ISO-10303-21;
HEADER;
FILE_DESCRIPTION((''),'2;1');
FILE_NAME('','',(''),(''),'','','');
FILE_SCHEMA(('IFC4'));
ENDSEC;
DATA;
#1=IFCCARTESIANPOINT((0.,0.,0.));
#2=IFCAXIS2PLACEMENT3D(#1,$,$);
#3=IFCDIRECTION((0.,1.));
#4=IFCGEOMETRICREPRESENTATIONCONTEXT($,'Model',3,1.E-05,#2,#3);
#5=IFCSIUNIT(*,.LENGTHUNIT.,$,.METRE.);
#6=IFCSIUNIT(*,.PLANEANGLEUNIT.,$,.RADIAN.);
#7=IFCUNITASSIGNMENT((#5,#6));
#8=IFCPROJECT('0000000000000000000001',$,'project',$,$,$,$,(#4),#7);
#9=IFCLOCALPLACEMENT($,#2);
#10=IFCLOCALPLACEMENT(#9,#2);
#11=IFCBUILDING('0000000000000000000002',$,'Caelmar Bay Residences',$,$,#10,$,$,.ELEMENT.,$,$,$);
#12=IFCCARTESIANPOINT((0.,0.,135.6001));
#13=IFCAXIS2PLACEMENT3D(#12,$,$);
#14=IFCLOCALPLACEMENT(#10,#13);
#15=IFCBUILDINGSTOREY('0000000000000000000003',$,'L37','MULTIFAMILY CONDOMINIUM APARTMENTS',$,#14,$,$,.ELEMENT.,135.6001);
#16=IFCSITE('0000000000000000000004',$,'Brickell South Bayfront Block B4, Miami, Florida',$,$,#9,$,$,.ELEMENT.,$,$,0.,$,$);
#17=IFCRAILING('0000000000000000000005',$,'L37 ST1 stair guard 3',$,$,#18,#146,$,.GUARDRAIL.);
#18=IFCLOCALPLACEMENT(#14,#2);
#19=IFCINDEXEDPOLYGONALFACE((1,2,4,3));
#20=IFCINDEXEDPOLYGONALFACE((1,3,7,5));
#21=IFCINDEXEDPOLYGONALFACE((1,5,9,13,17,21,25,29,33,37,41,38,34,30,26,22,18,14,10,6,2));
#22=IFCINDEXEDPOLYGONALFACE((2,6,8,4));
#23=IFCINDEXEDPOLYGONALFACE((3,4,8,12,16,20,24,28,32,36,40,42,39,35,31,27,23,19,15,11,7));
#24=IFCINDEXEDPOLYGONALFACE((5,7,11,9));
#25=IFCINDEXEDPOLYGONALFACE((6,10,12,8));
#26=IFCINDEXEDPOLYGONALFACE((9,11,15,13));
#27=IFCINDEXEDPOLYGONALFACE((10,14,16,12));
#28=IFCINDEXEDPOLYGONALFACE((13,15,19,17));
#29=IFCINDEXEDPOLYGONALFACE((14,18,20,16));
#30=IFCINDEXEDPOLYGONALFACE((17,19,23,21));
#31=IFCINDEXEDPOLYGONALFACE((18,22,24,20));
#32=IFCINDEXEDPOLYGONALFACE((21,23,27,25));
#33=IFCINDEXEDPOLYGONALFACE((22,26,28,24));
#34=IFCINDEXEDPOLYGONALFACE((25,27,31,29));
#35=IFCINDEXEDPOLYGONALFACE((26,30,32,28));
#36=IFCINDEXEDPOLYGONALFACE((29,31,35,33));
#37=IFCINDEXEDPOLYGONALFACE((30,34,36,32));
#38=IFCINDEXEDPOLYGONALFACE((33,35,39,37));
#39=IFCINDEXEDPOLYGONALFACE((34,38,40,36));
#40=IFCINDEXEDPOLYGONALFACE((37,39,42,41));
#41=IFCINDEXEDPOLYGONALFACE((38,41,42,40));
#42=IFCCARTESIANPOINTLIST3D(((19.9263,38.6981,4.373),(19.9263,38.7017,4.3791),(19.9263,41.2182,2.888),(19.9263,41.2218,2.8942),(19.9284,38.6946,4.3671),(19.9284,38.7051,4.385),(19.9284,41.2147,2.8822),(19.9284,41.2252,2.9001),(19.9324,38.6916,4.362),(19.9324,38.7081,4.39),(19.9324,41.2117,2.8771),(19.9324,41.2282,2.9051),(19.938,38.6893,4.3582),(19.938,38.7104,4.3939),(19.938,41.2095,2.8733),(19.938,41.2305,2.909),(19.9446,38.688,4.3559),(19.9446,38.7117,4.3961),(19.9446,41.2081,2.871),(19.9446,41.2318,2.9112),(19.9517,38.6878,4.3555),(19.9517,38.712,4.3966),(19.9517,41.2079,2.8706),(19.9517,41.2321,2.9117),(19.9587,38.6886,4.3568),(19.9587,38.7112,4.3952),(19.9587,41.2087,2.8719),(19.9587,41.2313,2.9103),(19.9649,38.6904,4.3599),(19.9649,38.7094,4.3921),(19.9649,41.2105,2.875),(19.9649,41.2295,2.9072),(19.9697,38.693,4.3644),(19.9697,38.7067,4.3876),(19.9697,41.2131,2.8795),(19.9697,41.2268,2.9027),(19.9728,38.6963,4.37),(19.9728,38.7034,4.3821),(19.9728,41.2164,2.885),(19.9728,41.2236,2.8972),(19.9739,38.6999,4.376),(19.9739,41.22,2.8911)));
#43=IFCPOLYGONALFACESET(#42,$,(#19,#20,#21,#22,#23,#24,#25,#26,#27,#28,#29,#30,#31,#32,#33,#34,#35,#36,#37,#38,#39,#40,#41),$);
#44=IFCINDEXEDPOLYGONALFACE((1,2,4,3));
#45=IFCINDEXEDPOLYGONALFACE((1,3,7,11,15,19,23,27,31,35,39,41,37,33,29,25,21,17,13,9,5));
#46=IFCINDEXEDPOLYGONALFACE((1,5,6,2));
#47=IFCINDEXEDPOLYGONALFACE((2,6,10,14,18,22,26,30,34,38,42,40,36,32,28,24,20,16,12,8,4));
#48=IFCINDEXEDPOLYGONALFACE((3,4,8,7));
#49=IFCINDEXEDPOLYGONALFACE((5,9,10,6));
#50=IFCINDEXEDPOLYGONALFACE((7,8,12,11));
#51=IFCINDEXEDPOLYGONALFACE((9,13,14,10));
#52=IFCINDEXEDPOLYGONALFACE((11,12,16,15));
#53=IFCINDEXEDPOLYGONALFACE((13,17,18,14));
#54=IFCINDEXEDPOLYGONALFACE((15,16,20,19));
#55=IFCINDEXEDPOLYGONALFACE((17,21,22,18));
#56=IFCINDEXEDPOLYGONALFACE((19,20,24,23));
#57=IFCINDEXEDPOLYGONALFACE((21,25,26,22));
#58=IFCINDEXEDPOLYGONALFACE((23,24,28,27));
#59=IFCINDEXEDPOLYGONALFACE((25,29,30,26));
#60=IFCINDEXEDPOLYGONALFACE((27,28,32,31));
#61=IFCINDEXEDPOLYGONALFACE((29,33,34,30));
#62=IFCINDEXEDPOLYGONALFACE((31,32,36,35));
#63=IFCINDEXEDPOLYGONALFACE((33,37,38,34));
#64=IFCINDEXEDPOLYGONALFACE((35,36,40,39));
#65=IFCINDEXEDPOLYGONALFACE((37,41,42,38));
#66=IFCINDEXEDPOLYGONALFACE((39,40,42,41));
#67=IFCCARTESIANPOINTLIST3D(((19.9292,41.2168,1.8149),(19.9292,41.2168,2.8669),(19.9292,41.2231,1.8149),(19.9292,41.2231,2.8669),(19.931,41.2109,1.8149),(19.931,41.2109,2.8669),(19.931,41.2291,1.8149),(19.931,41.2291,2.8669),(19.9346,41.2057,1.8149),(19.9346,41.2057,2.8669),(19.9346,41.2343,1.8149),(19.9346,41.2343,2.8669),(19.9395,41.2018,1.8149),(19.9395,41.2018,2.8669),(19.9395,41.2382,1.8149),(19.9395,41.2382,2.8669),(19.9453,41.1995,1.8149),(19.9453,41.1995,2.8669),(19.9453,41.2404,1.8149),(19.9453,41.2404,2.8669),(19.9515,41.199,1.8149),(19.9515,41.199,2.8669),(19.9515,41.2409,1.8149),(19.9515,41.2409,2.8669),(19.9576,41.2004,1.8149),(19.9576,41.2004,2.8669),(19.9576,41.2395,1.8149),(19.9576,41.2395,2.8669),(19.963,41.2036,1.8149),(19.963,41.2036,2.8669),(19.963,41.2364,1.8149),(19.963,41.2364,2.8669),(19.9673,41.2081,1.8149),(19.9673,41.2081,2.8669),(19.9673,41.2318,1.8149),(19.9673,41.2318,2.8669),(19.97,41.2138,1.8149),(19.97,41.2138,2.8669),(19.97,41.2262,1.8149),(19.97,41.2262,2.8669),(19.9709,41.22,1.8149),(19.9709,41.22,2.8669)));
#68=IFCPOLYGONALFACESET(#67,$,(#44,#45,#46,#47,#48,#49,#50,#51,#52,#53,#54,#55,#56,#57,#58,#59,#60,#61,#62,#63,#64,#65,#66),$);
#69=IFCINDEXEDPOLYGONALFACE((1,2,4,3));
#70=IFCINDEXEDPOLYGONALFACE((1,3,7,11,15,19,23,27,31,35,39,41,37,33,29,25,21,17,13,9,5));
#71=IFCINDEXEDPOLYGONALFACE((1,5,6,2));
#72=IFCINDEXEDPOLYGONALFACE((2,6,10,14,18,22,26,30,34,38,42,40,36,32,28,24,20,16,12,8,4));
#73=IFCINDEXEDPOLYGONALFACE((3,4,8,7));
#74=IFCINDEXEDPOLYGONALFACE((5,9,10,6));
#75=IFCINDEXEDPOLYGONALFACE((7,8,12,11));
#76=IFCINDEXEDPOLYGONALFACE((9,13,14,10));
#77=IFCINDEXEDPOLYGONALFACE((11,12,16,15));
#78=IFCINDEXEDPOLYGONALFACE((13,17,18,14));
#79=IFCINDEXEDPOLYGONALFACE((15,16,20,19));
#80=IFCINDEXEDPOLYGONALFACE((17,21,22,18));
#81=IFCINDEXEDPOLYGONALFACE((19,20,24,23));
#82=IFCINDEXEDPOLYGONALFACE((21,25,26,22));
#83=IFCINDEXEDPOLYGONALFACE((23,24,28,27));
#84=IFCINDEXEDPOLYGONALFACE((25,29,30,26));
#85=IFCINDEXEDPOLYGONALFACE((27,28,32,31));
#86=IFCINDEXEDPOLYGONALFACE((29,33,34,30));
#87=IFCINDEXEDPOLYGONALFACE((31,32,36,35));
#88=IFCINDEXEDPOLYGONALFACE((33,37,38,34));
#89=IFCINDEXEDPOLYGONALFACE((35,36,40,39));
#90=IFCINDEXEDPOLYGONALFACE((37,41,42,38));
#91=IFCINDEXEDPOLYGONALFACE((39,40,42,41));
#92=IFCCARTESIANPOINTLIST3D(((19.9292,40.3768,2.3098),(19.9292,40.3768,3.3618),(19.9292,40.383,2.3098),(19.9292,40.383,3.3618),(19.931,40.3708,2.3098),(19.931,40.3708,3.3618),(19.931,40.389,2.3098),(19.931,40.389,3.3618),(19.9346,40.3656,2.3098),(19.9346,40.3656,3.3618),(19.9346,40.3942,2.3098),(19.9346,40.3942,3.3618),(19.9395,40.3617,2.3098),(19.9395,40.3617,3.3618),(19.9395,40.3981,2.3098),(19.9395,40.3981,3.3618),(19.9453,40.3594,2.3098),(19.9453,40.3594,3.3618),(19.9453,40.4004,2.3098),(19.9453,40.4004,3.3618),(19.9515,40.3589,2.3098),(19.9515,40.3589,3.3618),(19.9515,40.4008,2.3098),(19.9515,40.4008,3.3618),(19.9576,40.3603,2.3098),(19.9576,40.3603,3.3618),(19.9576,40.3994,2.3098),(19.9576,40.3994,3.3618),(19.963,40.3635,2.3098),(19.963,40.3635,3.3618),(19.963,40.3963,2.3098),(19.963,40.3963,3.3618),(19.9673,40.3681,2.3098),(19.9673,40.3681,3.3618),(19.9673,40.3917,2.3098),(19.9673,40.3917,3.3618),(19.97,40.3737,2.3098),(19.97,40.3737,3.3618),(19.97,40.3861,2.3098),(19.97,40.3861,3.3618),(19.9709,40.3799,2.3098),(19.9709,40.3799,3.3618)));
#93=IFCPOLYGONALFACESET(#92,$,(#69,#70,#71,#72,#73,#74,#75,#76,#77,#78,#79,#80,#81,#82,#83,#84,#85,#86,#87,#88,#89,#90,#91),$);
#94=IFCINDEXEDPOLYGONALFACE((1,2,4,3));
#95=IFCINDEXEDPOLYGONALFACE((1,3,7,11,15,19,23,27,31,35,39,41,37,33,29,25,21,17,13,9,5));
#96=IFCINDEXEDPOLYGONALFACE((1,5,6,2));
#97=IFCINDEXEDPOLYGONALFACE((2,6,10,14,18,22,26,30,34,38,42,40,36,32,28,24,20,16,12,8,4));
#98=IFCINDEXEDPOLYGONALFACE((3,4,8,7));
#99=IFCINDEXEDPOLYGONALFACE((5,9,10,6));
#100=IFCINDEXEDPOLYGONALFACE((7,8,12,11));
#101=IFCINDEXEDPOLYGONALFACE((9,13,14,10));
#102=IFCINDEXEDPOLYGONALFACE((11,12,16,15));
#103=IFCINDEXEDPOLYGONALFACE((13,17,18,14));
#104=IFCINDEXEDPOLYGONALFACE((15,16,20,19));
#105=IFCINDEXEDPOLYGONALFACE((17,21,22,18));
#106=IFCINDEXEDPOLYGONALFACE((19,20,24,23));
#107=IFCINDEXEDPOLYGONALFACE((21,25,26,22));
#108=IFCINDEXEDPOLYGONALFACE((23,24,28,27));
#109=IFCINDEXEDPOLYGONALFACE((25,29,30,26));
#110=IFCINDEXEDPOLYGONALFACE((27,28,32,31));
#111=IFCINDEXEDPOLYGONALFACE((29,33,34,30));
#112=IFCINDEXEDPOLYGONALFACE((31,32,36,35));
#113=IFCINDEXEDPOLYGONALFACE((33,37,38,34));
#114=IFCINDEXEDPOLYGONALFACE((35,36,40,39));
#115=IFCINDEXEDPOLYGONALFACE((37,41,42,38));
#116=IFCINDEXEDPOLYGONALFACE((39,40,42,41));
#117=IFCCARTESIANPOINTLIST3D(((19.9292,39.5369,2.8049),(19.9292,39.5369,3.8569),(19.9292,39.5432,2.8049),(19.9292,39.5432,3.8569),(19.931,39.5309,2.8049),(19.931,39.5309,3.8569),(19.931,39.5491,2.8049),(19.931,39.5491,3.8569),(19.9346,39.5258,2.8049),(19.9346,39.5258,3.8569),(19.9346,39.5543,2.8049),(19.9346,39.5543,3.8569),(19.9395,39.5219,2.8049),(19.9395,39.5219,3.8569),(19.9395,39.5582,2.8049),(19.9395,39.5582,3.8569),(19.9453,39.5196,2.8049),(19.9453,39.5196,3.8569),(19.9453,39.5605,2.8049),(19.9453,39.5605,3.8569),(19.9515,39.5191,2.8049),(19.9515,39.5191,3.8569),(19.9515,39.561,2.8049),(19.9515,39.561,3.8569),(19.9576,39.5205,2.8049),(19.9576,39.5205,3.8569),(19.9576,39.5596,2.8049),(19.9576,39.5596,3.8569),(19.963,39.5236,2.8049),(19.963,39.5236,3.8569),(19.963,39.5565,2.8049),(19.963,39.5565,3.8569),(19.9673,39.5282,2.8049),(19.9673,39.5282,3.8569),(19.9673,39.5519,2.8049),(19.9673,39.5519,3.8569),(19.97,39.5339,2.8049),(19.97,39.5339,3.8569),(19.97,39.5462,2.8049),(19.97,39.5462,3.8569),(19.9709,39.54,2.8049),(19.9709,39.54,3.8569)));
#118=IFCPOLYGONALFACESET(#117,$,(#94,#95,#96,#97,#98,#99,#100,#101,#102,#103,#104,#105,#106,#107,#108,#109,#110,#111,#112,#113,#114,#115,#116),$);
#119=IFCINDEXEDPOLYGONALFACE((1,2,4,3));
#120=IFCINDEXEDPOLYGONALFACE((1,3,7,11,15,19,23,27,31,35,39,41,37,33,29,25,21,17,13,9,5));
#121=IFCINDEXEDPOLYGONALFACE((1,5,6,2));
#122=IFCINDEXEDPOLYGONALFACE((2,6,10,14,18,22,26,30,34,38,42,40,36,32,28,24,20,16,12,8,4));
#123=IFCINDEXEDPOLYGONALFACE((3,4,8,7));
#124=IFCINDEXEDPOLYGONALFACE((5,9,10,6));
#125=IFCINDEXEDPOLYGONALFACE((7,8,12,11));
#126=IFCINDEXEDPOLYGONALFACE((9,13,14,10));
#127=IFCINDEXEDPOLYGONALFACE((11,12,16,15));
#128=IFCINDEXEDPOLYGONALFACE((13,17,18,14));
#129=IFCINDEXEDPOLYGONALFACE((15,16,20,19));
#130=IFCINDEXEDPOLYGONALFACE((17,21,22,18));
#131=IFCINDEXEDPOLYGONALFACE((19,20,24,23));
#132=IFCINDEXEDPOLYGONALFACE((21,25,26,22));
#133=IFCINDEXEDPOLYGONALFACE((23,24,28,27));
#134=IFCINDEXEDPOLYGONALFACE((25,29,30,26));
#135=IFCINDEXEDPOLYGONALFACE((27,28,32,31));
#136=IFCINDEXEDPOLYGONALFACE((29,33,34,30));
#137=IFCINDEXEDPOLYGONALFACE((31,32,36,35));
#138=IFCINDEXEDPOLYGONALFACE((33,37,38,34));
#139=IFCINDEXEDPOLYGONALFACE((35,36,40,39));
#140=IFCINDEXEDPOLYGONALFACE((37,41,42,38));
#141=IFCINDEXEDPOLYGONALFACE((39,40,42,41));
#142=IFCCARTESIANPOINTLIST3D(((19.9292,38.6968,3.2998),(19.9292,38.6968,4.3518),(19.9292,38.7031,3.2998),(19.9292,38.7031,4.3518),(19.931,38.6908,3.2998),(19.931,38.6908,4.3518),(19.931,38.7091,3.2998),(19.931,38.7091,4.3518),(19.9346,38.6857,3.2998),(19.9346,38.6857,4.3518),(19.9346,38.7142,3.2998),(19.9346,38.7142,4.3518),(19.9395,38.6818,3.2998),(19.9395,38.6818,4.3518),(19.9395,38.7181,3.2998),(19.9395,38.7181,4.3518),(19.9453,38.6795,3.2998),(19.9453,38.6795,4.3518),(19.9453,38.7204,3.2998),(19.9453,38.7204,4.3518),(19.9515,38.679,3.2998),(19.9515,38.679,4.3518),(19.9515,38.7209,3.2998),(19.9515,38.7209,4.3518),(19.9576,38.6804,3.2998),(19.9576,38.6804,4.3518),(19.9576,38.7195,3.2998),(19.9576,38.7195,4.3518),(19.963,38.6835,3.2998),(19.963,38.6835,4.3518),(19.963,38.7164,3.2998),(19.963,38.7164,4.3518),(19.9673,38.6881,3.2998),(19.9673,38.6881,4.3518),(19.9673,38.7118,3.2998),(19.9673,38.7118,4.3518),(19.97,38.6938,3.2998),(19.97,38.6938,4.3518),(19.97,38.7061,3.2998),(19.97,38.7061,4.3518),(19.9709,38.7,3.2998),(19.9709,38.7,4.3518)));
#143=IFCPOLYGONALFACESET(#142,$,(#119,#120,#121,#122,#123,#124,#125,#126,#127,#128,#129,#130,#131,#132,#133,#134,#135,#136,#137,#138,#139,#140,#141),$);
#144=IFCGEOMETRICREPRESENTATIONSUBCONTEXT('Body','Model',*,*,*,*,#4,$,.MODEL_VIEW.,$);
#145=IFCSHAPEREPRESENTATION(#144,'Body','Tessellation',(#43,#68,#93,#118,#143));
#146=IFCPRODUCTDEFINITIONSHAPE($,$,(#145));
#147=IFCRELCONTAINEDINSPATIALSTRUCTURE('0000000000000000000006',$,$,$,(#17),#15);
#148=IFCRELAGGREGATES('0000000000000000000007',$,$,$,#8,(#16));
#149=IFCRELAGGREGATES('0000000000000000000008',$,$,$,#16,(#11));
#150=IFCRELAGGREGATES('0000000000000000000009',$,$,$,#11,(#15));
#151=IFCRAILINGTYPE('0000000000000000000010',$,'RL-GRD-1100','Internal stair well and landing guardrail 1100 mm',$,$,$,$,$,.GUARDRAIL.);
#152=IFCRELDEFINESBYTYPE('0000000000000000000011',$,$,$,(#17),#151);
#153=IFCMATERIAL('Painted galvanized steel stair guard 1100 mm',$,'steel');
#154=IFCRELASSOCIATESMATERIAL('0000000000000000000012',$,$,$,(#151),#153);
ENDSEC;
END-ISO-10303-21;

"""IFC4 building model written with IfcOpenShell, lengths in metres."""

from ifc_helpers import new_model, si_unit, direction, frame, origin, origin_2d, place, context, subcontext, project, spatial, circle, extrude, material, type_object, element, save


model = new_model("IFC4")

# Units and contexts
model_context = context("Model", 3, precision=1e-05, world=origin(), true_north=direction((0.0, 1.0)))
body_context = subcontext(model_context, "Body", "Model", "MODEL_VIEW")
ifc_project = project(units=[si_unit("LENGTHUNIT", "METRE"), si_unit("PLANEANGLEUNIT", "RADIAN")], contexts=[model_context])

# Site, building, storey
site_placement = place(None, origin())
site = spatial("IfcSite", under=ifc_project, at=site_placement, Name="Brickell South Bayfront Block B4, Miami, Florida", CompositionType="ELEMENT", RefElevation=0.0)
building_placement = place(site_placement, origin())
building = spatial("IfcBuilding", under=site, at=building_placement, Name="Caelmar Bay Residences", CompositionType="ELEMENT")
storey_placement = place(building_placement, frame((0.0, 0.0, 135.6001)))
storey = spatial("IfcBuildingStorey", under=building, at=storey_placement, Name="L37", Description="MULTIFAMILY CONDOMINIUM APARTMENTS", CompositionType="ELEMENT", Elevation=135.6001)

# Railing
ifc_material_1 = material(Name="Painted galvanized steel stair guard 1100 mm", Category="steel")
railing_type_1 = type_object("IfcRailingType", Name="RL-GRD-1100", Description="Internal stair well and landing guardrail 1100 mm", PredefinedType="GUARDRAIL", material=ifc_material_1)
railing_1_placement = place(storey_placement, frame((19.95, 41.22, 1.8149)))
element("IfcRailing", 1, at=railing_1_placement, inside=storey, type_object=railing_type_1, Name="L37 ST1 stair guard 3", PredefinedType="GUARDRAIL", context=body_context, shape_type="SweptSolid", body=[
    extrude(circle(Radius=0.0239, at=origin_2d()), frame((0.0, 0.0, 1.0762), z_axis=(0.0, -0.861561, 0.507655), x_axis=(1.0, 0.0, 0.0)), (0.0, 0.0, 1.0), 2.925),
    extrude(circle(Radius=0.021, at=origin_2d()), origin(), (0.0, 0.0, 1.0), 1.052),
    extrude(circle(Radius=0.021, at=origin_2d()), frame((0.0, -0.8401, 0.4949)), (0.0, 0.0, 1.0), 1.052),
    extrude(circle(Radius=0.021, at=origin_2d()), frame((0.0, -1.6799, 0.99)), (0.0, 0.0, 1.0), 1.052),
    extrude(circle(Radius=0.021, at=origin_2d()), frame((0.0, -2.52, 1.4849)), (0.0, 0.0, 1.0), 1.052),
])

save(model, "model.ifc")
